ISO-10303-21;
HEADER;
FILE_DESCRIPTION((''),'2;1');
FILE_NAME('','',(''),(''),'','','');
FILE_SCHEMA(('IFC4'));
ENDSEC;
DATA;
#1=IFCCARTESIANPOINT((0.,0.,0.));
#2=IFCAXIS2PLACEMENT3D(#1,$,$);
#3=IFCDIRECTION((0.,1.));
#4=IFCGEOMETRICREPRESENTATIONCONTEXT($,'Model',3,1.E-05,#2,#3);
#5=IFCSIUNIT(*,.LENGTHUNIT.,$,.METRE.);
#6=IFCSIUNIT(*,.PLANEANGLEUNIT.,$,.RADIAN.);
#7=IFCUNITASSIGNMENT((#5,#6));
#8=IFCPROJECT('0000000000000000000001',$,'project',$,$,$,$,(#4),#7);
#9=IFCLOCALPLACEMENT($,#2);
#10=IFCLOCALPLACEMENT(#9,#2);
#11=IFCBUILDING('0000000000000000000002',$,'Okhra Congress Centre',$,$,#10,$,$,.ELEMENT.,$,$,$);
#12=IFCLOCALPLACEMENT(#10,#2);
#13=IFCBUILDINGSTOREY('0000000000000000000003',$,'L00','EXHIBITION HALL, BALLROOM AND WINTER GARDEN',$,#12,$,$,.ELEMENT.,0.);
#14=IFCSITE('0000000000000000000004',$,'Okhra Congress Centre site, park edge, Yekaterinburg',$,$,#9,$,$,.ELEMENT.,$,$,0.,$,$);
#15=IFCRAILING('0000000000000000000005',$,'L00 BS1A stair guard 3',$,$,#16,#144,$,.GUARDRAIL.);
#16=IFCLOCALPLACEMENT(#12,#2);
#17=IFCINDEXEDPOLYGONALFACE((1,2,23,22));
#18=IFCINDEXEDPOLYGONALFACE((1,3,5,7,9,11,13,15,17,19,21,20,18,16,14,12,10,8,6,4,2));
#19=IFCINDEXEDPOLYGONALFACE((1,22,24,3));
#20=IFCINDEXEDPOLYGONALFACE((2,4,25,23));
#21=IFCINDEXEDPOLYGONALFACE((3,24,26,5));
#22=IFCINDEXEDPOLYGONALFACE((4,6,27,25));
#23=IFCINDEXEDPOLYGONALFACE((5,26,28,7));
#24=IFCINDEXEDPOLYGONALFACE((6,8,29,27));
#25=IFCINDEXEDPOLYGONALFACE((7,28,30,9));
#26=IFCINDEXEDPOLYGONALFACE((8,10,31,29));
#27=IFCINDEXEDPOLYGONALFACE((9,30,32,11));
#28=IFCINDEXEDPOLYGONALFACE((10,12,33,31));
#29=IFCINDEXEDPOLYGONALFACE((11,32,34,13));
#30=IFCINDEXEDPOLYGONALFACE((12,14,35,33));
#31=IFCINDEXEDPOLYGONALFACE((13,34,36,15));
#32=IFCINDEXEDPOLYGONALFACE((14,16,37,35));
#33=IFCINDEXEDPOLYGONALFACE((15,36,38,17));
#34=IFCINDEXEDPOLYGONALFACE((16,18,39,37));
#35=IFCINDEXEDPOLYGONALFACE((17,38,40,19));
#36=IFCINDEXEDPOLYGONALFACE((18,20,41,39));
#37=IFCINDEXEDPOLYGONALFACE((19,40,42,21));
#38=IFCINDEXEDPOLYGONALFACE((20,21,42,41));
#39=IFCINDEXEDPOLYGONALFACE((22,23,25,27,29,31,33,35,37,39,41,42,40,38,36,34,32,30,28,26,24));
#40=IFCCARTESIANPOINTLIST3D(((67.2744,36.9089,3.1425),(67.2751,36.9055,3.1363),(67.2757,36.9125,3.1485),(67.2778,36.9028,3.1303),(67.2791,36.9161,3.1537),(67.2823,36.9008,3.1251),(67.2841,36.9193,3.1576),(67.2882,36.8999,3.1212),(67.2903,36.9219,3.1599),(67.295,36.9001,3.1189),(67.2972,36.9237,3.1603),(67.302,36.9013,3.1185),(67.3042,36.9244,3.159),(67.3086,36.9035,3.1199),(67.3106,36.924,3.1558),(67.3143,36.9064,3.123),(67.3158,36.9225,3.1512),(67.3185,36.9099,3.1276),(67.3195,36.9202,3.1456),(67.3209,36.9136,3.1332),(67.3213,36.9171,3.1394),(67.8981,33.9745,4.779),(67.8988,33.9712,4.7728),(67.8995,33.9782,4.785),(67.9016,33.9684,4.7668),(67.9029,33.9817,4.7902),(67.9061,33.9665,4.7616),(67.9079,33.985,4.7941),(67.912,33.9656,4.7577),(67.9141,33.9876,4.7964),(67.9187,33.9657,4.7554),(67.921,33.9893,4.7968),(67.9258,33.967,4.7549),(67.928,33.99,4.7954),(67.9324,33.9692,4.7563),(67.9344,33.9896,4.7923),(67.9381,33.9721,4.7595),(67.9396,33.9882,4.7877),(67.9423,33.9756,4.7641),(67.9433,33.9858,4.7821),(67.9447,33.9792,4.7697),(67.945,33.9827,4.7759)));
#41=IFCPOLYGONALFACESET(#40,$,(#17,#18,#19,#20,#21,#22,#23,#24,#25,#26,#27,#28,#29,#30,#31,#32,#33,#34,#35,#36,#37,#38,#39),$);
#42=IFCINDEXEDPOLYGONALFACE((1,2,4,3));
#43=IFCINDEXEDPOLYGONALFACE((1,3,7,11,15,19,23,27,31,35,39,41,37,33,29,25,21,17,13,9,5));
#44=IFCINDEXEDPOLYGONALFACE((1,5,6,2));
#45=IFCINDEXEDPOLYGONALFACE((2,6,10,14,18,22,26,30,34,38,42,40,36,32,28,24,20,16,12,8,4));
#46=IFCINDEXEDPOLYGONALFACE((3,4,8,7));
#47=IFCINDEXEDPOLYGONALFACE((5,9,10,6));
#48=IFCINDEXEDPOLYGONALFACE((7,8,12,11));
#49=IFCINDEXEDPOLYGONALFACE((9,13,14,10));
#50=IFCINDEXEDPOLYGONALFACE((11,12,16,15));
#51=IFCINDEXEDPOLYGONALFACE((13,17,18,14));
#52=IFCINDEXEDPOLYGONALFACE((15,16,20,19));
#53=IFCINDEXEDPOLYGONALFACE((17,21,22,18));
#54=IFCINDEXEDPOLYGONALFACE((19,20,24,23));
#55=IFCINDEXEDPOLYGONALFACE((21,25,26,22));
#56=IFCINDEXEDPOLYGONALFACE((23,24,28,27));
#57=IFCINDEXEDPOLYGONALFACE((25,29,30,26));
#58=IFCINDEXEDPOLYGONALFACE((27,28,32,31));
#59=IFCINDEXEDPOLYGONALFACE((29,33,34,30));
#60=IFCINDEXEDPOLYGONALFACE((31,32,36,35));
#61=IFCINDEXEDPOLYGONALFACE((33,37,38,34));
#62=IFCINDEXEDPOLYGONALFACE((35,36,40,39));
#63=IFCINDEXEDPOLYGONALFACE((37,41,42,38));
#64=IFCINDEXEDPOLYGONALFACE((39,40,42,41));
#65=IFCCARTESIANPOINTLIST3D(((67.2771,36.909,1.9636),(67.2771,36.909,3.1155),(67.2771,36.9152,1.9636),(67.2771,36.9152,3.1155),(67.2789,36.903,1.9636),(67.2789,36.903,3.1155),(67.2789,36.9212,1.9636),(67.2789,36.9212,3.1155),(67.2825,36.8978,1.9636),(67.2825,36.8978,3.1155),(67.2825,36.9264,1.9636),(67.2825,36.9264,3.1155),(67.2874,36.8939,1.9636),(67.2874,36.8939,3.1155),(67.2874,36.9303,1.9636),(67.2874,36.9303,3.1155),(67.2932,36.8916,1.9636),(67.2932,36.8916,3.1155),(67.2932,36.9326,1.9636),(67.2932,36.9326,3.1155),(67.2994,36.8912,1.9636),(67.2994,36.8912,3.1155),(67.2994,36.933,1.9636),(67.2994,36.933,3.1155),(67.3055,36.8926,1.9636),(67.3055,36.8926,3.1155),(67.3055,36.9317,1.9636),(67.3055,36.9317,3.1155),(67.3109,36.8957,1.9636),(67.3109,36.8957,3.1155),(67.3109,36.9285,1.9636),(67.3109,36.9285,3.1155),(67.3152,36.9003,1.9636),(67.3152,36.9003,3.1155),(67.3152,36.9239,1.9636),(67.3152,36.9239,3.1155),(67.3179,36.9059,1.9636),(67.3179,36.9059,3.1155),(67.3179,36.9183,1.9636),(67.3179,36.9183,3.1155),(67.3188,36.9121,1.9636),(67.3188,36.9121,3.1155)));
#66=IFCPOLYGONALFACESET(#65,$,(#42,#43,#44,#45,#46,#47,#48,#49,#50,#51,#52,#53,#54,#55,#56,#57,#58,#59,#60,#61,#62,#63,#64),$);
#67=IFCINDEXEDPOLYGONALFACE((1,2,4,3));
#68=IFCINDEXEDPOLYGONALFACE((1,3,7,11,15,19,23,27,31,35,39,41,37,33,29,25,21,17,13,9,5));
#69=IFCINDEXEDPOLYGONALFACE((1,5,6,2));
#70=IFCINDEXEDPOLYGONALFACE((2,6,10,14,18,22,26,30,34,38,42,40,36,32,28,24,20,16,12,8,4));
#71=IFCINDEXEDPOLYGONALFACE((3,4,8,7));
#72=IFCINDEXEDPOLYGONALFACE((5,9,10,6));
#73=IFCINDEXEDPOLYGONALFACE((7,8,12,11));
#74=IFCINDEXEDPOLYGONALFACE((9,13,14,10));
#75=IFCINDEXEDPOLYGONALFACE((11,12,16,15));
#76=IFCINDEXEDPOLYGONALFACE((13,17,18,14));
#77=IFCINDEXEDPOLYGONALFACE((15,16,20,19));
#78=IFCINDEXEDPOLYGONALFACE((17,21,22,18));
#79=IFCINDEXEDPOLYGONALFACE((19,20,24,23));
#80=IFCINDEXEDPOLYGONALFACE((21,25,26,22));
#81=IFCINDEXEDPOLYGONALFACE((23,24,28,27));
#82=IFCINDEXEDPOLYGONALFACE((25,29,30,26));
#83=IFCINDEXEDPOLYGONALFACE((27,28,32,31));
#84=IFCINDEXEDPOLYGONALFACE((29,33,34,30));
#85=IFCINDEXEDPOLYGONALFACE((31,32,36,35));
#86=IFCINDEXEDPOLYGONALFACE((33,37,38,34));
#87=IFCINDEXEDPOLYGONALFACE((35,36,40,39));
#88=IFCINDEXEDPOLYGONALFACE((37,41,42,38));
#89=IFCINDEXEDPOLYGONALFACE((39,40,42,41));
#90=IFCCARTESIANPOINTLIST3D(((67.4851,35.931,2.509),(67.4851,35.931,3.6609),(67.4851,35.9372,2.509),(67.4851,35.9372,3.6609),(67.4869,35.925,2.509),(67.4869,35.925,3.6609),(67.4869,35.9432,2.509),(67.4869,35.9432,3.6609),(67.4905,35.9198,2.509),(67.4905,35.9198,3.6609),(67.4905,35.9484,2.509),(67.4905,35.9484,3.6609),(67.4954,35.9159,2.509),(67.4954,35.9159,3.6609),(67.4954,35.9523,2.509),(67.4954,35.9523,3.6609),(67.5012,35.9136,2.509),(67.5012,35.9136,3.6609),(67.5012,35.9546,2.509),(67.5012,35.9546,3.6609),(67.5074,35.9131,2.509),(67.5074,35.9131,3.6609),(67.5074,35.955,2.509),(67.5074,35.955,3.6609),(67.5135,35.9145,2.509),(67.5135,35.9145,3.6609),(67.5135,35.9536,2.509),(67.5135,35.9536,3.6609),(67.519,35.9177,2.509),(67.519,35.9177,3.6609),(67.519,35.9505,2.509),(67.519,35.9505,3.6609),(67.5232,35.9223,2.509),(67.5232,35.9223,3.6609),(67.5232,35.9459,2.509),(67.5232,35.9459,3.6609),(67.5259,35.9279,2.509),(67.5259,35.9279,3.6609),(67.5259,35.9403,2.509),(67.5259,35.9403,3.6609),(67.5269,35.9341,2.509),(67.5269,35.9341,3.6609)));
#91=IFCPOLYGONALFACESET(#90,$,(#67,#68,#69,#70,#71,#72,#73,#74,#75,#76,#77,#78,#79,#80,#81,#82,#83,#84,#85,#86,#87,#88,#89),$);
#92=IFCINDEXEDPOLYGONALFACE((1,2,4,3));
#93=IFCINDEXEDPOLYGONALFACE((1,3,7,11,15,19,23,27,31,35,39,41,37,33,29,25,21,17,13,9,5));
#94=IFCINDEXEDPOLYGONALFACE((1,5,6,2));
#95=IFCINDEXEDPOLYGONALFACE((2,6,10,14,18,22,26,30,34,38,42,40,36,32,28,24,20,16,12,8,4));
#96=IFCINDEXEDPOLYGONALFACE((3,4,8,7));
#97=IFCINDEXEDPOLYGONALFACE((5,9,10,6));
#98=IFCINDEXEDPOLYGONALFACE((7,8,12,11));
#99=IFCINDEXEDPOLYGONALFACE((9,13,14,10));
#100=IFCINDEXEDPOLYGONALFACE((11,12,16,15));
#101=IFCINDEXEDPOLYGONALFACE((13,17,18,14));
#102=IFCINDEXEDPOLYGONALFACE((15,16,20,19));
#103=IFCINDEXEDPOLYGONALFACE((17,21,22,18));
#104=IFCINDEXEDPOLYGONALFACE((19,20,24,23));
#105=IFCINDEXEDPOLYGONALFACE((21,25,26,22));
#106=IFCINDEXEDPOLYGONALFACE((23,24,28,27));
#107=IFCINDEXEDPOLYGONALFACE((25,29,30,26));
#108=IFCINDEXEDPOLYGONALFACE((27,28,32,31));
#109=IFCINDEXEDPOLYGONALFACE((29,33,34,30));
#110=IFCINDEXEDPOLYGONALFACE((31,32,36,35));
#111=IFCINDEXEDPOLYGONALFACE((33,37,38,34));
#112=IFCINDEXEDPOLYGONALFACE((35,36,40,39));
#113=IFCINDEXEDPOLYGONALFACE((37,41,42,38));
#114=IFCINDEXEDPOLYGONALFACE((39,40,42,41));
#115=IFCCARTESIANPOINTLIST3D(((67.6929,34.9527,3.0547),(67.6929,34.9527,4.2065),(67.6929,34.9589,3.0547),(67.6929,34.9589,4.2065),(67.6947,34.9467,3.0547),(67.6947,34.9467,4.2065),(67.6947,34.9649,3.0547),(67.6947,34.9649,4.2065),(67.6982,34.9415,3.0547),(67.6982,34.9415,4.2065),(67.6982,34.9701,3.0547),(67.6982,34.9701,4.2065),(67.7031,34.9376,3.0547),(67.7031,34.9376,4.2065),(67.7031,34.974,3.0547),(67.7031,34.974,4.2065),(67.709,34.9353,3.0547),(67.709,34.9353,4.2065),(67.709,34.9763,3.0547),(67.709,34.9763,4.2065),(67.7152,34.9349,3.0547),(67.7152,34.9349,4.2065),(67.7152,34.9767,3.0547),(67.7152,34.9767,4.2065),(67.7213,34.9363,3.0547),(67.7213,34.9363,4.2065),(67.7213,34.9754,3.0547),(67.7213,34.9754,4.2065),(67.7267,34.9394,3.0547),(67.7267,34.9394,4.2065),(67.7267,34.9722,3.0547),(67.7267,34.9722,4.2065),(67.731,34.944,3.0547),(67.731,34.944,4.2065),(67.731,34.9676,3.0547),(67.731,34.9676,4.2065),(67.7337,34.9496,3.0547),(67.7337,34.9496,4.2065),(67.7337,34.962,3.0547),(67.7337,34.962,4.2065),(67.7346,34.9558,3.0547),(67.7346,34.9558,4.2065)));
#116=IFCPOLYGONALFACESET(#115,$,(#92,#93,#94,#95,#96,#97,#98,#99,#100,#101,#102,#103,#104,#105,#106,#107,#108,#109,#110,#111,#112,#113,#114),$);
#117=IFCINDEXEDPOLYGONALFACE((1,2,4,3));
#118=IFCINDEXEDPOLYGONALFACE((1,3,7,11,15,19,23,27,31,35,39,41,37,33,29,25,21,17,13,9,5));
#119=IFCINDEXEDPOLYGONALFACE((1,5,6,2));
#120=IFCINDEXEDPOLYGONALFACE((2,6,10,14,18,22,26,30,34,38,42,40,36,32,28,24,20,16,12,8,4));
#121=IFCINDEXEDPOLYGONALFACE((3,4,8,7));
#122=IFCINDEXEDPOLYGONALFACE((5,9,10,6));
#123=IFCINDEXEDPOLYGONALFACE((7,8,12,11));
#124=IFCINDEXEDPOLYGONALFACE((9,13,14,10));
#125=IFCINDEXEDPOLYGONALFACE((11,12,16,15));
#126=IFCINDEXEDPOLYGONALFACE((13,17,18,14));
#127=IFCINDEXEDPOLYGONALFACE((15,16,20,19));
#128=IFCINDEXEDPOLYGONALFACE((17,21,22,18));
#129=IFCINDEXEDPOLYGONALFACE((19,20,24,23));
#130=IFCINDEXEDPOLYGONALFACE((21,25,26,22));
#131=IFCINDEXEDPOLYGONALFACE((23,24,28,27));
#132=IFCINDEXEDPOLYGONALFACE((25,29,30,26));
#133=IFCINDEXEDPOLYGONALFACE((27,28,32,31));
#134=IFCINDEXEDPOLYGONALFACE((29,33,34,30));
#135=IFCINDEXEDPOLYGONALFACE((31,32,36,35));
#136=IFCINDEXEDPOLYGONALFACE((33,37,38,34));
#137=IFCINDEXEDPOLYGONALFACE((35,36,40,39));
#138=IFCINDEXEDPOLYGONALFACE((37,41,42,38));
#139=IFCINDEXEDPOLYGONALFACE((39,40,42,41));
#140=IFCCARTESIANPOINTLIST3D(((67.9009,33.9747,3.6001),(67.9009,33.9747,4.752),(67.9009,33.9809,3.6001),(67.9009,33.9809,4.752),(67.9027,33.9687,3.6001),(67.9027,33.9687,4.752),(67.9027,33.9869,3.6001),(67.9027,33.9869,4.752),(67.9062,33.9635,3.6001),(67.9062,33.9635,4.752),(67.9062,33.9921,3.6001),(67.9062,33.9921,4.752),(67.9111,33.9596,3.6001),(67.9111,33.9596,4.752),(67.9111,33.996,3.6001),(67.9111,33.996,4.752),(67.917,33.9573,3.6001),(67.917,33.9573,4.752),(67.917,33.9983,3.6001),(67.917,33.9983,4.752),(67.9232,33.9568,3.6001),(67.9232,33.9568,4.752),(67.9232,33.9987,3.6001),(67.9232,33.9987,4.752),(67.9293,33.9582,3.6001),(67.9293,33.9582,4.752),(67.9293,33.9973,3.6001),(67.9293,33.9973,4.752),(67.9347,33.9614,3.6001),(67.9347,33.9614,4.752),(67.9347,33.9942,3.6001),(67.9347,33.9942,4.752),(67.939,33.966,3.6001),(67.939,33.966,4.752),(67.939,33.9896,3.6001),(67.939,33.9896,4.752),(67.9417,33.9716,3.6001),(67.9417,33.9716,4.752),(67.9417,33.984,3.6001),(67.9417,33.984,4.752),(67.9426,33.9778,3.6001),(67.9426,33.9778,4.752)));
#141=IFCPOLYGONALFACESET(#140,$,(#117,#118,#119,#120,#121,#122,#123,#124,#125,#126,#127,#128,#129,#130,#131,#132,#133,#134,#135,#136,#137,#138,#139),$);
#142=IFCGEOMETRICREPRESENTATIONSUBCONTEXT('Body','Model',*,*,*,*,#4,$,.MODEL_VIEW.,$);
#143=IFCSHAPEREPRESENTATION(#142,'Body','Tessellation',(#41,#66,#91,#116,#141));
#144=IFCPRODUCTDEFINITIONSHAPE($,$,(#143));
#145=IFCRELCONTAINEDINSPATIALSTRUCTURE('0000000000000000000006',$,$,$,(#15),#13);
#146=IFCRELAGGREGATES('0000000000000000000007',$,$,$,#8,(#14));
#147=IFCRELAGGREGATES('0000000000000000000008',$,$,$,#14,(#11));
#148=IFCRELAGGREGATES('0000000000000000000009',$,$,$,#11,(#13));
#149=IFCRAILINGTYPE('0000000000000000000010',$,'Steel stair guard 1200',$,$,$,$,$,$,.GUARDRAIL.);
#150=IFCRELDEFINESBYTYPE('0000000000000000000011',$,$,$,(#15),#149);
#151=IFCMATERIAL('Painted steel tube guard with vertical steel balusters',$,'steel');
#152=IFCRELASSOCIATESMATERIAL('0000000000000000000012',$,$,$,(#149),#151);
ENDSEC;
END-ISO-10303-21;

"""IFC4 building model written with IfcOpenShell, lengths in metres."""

from ifc_helpers import new_model, si_unit, direction, frame, origin, origin_2d, place, context, subcontext, project, spatial, circle, extrude, material, type_object, element, save


model = new_model("IFC4")

# Units and contexts
model_context = context("Model", 3, precision=1e-05, world=origin(), true_north=direction((0.0, 1.0)))
body_context = subcontext(model_context, "Body", "Model", "MODEL_VIEW")
ifc_project = project(units=[si_unit("LENGTHUNIT", "METRE"), si_unit("PLANEANGLEUNIT", "RADIAN")], contexts=[model_context])

# Site, building, storey
site_placement = place(None, origin())
site = spatial("IfcSite", under=ifc_project, at=site_placement, Name="Okhra Congress Centre site, park edge, Yekaterinburg", CompositionType="ELEMENT", RefElevation=0.0)
building_placement = place(site_placement, origin())
building = spatial("IfcBuilding", under=site, at=building_placement, Name="Okhra Congress Centre", CompositionType="ELEMENT")
storey_placement = place(building_placement, origin())
storey = spatial("IfcBuildingStorey", under=building, at=storey_placement, Name="L00", Description="EXHIBITION HALL, BALLROOM AND WINTER GARDEN", CompositionType="ELEMENT", Elevation=0.0)

# Railing
ifc_material_1 = material(Name="Painted steel tube guard with vertical steel balusters", Category="steel")
railing_type_1 = type_object("IfcRailingType", Name="Steel stair guard 1200", PredefinedType="GUARDRAIL", material=ifc_material_1)
railing_1_placement = place(storey_placement, frame((67.2979, 36.9121, 1.9636)))
element("IfcRailing", 1, at=railing_1_placement, inside=storey, type_object=railing_type_1, Name="L00 BS1A stair guard 3", PredefinedType="GUARDRAIL", context=body_context, shape_type="SweptSolid", body=[
    extrude(circle(Radius=0.0239, at=origin_2d()), frame((0.0, 0.0, 1.1758), z_axis=(0.18254, -0.858687, 0.47889), x_axis=(0.978143, 0.207934, 0.0)), (0.0, 0.0, 1.0), 3.4172),
    extrude(circle(Radius=0.021, at=origin_2d()), origin(), (0.0, 0.0, 1.0), 1.1519),
    extrude(circle(Radius=0.021, at=origin_2d()), frame((0.208, -0.978, 0.5454)), (0.0, 0.0, 1.0), 1.1519),
    extrude(circle(Radius=0.021, at=origin_2d()), frame((0.4158, -1.9563, 1.0911)), (0.0, 0.0, 1.0), 1.1519),
    extrude(circle(Radius=0.021, at=origin_2d()), frame((0.6238, -2.9343, 1.6365)), (0.0, 0.0, 1.0), 1.1519),
])

save(model, "model.ifc")
